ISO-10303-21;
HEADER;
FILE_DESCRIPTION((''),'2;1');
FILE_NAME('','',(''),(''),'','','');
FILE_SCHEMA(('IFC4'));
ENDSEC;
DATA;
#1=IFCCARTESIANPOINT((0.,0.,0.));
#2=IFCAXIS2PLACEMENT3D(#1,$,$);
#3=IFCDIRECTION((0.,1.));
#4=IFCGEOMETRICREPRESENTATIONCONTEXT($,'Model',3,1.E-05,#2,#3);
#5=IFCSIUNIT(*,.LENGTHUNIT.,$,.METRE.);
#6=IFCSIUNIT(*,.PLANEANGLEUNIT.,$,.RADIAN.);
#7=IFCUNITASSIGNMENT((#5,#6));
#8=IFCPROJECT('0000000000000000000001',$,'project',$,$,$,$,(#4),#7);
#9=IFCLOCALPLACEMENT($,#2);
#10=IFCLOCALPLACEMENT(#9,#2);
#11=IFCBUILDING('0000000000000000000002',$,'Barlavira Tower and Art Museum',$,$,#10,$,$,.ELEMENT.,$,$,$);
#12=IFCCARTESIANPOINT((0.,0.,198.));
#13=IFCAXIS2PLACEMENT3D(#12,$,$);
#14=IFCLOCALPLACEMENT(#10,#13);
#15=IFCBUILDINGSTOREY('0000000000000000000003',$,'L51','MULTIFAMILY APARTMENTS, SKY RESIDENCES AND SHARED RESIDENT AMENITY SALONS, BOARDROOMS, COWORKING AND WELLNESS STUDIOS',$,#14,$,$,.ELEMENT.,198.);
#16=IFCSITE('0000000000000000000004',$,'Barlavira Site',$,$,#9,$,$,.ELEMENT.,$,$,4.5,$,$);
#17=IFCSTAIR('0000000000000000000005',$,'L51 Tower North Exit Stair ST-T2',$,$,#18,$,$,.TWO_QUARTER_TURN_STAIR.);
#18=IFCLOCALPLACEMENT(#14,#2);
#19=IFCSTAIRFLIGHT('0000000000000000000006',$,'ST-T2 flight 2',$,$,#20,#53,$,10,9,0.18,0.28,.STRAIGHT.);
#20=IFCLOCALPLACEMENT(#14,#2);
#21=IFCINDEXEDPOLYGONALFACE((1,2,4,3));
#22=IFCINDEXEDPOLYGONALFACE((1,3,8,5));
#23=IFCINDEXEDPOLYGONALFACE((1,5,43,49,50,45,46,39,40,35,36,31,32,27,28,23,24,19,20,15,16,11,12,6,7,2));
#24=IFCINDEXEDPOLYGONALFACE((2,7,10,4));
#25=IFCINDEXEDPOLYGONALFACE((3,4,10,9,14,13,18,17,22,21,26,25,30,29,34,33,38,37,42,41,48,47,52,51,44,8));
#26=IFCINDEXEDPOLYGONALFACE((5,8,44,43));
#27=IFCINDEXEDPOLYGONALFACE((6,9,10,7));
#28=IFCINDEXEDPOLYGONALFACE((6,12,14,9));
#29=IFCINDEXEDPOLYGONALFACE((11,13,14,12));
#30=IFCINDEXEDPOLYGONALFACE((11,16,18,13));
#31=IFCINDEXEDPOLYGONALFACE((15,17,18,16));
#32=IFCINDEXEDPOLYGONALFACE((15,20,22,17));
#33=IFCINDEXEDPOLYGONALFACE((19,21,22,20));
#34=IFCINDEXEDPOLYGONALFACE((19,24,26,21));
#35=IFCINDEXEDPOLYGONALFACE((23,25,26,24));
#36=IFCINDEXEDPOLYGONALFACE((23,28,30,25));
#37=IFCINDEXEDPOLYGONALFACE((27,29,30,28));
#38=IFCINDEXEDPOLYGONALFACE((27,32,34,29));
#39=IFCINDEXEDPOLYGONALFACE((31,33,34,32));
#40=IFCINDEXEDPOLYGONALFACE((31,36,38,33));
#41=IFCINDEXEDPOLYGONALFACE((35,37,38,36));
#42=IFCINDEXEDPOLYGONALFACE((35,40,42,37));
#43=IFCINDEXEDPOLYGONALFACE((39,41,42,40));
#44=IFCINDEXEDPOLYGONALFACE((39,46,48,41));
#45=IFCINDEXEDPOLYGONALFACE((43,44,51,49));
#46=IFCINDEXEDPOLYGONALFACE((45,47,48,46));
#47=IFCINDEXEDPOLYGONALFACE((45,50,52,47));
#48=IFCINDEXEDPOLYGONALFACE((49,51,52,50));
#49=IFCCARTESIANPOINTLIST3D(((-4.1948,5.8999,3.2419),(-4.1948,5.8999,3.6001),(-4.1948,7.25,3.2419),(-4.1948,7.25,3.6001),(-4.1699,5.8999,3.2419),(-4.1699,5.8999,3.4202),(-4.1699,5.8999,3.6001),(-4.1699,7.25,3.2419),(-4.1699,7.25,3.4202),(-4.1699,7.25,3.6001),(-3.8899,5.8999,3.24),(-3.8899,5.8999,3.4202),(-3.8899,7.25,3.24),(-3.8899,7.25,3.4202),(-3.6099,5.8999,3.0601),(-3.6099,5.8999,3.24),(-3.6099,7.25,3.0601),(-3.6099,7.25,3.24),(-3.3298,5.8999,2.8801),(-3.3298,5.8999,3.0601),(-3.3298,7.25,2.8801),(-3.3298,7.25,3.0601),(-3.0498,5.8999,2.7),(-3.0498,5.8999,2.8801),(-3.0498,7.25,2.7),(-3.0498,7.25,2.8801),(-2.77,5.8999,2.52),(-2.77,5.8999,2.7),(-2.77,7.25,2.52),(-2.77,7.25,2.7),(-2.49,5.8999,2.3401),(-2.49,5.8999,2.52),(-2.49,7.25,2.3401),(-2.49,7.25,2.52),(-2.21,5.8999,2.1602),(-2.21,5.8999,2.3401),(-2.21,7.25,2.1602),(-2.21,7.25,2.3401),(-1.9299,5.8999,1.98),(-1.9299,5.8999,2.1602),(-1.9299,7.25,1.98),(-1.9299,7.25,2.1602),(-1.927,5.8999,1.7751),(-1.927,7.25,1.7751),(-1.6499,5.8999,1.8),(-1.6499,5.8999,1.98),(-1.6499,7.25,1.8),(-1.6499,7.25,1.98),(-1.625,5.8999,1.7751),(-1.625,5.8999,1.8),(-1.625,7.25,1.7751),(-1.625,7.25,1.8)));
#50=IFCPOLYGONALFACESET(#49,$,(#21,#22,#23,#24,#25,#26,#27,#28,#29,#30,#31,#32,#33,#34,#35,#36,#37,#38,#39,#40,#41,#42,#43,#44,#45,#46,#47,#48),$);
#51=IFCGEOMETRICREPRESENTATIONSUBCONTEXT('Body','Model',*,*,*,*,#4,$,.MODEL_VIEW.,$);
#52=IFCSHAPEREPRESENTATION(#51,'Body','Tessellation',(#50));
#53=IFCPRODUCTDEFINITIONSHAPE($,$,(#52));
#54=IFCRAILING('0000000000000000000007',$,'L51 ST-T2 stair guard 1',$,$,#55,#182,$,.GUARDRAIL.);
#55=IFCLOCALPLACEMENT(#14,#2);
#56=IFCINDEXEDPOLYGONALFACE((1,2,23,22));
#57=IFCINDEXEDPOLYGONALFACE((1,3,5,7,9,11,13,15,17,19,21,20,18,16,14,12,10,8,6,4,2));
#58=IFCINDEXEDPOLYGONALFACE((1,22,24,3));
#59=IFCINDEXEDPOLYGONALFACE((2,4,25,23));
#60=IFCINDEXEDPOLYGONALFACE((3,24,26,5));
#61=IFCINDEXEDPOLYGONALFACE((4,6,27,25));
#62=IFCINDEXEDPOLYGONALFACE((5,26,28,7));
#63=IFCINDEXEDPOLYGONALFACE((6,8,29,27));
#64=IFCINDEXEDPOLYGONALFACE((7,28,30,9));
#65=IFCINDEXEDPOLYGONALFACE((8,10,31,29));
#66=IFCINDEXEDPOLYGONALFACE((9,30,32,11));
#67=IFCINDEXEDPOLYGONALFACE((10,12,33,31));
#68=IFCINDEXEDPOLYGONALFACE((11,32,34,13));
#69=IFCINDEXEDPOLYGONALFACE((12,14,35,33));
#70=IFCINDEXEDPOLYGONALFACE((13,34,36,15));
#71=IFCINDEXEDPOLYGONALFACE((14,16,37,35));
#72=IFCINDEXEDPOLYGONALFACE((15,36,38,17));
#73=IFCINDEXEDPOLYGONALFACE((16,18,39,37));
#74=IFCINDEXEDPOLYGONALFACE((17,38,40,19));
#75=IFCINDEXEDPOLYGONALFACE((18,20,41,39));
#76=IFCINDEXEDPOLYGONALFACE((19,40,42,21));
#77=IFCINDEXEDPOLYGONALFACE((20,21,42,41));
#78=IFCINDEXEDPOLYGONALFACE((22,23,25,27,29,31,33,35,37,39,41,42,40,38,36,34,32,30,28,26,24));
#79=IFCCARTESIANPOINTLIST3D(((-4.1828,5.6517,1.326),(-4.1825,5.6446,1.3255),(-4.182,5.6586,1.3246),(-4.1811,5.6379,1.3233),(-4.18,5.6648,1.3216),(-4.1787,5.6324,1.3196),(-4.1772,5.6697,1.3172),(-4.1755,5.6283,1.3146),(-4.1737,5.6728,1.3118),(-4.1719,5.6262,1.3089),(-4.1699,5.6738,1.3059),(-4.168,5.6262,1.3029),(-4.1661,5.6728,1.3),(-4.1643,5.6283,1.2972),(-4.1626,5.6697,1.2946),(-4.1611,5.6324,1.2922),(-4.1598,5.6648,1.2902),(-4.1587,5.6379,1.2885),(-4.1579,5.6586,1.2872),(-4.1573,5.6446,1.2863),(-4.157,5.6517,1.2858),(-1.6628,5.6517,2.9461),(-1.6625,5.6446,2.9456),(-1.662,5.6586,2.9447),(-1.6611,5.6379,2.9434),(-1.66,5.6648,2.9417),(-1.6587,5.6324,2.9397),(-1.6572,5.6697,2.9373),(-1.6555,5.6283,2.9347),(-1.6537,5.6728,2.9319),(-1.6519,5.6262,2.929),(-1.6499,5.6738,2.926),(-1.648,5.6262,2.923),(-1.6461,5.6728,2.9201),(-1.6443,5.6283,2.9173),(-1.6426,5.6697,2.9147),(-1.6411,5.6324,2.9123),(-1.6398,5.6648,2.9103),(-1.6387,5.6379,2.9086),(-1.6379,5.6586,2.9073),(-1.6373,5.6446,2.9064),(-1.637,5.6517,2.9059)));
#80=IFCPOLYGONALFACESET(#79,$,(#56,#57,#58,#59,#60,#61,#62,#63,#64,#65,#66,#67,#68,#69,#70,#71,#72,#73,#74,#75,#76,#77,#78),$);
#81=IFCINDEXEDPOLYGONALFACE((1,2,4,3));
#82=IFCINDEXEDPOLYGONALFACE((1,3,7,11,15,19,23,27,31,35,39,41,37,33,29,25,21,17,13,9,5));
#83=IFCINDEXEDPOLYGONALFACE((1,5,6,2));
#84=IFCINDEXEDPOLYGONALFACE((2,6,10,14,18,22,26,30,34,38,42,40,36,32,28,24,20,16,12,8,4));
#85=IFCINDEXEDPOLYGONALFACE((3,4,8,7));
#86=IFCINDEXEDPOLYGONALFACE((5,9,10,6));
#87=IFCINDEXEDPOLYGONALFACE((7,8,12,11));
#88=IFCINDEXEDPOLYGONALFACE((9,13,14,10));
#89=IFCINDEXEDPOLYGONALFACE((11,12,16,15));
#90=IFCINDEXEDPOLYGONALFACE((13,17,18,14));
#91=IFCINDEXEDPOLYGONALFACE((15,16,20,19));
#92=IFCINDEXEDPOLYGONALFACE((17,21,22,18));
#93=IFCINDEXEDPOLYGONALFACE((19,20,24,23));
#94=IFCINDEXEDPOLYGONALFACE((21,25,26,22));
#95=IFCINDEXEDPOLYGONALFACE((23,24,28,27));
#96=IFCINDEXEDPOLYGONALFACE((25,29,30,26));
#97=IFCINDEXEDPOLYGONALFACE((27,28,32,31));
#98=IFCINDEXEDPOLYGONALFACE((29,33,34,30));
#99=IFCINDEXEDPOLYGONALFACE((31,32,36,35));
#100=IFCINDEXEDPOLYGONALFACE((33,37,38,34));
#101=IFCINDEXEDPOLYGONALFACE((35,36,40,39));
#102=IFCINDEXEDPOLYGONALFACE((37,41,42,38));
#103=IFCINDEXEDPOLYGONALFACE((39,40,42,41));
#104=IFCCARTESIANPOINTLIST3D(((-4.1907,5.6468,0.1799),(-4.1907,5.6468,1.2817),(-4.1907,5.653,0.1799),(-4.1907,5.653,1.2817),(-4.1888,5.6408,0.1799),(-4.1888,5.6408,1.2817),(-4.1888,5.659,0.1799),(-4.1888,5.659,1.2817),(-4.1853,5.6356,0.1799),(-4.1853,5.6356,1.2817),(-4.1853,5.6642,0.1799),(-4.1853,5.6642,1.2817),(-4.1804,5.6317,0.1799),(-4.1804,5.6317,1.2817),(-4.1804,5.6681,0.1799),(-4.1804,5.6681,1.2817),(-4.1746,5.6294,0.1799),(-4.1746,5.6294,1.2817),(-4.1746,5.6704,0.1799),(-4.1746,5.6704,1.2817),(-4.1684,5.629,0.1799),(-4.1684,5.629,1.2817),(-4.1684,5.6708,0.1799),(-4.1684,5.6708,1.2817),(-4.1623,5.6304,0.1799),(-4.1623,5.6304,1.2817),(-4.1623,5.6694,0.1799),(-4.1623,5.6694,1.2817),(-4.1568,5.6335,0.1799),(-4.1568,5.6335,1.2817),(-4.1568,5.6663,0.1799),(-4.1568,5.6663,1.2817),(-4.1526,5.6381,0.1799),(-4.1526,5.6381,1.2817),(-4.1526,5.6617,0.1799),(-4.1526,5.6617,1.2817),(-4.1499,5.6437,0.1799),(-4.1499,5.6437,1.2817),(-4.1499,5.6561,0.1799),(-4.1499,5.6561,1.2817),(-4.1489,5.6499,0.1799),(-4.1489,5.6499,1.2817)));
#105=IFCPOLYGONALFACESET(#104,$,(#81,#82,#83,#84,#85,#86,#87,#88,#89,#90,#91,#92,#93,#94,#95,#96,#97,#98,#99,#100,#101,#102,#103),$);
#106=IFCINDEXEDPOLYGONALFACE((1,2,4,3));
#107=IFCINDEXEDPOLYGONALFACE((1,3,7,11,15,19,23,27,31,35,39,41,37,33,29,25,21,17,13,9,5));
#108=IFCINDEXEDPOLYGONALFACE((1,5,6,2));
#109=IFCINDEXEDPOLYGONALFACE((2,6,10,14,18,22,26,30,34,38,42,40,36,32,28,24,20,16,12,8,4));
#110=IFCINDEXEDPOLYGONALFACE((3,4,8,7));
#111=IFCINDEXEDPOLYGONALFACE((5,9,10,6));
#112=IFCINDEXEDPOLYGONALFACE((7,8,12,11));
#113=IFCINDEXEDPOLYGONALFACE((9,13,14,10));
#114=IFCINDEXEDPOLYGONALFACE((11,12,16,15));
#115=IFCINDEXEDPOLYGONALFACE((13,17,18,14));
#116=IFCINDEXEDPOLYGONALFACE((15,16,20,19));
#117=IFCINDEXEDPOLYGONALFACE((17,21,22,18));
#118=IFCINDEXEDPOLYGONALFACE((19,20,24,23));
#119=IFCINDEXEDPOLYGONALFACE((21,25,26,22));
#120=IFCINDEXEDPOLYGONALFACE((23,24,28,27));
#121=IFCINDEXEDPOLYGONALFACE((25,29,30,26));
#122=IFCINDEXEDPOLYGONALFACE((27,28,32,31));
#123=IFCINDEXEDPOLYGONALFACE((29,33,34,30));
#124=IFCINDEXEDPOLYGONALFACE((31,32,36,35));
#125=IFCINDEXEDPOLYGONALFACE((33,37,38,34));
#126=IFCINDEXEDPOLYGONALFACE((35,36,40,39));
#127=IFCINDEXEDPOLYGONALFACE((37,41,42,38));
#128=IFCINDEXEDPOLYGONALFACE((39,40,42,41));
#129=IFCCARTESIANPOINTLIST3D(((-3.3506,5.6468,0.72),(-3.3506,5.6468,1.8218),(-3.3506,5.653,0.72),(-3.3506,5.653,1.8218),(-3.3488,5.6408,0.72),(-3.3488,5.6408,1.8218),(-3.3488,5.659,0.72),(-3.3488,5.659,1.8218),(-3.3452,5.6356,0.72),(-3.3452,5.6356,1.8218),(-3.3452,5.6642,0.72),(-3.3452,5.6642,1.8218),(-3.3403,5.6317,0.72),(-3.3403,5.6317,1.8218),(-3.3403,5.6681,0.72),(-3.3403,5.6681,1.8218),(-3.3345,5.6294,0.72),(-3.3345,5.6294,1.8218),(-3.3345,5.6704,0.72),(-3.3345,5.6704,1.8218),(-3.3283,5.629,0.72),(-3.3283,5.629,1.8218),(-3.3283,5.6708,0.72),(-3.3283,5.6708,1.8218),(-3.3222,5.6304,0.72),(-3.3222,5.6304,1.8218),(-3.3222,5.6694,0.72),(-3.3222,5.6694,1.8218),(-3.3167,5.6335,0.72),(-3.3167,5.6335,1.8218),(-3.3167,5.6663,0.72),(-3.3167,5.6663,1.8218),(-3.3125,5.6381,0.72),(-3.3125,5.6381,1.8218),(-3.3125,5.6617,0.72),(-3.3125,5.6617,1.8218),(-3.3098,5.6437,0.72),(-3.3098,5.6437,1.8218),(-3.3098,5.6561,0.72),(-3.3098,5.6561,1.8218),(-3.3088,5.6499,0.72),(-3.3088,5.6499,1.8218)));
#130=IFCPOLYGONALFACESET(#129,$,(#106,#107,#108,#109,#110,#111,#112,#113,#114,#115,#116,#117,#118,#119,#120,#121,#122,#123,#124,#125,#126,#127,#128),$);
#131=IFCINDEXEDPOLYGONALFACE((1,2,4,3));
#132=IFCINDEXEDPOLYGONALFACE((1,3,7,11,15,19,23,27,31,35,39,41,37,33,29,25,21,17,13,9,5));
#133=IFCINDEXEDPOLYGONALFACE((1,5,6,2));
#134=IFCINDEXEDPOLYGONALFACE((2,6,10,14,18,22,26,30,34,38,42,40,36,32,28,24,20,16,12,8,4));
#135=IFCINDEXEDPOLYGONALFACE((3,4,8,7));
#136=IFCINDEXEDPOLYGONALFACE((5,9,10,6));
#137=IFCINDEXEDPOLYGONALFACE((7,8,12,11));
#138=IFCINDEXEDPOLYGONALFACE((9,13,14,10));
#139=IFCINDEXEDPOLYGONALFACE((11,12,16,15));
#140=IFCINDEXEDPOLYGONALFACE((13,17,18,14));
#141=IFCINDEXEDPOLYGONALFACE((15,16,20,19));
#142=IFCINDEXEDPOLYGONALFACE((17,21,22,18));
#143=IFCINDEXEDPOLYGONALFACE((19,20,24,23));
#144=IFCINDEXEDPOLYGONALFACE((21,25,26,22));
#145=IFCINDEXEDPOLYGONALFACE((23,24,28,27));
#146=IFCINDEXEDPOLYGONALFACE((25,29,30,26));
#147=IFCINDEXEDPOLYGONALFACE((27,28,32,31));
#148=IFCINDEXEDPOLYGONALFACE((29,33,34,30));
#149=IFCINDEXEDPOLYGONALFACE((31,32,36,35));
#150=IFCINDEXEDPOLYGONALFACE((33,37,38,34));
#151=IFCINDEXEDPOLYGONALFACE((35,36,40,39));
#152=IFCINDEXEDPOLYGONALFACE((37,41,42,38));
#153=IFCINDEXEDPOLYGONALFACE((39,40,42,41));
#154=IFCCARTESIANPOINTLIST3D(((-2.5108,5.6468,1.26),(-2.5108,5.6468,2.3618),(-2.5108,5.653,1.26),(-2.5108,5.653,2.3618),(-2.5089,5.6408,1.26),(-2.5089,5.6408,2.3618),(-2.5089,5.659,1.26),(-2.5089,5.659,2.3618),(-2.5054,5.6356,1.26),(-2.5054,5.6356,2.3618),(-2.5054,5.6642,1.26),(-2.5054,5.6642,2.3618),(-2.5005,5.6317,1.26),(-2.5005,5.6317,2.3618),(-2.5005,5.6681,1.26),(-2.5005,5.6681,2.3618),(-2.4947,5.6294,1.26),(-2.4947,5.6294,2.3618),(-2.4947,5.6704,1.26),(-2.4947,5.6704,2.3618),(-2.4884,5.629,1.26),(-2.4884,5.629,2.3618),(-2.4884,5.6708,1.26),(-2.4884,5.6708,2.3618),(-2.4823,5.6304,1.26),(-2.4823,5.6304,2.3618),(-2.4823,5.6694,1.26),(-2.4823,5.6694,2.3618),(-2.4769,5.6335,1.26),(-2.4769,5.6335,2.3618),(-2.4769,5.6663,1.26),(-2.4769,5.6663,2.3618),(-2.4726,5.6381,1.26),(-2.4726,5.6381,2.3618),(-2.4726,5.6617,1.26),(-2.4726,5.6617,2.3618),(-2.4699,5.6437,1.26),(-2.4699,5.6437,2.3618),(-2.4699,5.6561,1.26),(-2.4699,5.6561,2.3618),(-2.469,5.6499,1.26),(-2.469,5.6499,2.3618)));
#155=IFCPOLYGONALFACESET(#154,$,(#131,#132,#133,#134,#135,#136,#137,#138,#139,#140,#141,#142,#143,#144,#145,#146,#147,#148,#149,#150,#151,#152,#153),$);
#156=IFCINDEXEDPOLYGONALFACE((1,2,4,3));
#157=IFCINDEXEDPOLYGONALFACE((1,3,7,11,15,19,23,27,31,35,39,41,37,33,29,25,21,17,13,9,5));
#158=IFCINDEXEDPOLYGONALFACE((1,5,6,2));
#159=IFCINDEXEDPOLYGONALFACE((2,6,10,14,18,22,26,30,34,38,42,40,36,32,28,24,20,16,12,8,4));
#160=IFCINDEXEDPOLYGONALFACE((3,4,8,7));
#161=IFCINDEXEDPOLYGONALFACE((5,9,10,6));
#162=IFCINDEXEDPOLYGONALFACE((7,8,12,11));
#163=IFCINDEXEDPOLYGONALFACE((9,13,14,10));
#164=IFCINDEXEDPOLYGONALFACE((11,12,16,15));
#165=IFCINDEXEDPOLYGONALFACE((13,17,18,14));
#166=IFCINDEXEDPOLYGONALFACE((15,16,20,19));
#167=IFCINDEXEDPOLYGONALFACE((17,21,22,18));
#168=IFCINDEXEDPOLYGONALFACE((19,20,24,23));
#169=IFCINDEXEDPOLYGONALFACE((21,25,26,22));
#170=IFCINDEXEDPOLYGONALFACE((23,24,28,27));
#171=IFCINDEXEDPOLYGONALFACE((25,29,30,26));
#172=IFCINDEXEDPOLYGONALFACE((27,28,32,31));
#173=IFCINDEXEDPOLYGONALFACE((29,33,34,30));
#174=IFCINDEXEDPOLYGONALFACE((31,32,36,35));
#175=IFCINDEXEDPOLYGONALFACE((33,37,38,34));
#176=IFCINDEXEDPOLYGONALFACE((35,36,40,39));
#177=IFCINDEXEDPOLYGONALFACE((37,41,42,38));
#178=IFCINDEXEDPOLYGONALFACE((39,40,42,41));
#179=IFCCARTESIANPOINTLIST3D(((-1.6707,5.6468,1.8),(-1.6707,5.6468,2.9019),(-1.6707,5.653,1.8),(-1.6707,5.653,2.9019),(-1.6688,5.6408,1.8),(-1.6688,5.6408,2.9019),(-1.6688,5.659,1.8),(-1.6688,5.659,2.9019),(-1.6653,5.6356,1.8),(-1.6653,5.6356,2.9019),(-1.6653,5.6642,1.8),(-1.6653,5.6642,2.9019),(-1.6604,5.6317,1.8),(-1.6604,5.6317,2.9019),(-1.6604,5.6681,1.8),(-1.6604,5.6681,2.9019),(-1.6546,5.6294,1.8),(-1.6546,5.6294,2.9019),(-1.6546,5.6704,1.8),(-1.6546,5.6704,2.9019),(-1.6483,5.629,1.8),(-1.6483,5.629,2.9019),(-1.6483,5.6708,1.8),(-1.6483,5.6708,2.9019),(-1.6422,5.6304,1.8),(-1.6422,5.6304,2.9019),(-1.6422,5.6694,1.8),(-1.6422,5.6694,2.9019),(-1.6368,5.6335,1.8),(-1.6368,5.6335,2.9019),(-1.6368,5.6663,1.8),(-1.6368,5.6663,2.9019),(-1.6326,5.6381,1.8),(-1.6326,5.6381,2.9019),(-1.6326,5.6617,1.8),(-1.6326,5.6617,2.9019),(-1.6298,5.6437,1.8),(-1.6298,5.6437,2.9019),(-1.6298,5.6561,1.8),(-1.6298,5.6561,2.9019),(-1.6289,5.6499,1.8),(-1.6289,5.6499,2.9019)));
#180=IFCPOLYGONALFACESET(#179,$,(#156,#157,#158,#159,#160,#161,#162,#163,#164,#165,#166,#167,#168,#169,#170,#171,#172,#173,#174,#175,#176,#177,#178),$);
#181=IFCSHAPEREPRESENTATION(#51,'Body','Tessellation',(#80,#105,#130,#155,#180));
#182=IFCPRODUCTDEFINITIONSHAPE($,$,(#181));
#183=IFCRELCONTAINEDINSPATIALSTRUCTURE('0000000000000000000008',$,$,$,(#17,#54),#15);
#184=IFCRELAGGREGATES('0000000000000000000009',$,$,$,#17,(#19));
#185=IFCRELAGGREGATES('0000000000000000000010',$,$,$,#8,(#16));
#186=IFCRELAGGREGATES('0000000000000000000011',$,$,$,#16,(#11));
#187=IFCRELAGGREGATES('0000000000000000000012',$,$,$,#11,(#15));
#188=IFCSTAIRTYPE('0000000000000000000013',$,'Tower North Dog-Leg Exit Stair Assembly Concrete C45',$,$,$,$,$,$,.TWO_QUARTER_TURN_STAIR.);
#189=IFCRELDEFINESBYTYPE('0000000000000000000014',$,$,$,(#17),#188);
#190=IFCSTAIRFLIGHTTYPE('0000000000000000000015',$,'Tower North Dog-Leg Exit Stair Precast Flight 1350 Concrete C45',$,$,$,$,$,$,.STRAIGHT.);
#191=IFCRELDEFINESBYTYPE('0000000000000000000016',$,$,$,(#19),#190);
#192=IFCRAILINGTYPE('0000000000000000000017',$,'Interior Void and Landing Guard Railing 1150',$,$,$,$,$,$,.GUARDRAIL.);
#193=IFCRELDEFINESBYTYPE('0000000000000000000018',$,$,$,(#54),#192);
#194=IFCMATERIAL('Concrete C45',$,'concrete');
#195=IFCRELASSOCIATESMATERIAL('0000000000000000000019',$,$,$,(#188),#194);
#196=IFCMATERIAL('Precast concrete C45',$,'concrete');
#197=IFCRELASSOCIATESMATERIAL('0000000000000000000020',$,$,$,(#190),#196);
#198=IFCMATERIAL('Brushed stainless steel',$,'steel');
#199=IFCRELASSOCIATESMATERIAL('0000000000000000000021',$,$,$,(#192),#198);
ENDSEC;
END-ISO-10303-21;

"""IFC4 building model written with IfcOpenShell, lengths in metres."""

from ifc_helpers import new_model, si_unit, direction, frame, origin, origin_2d, place, context, subcontext, project, spatial, polyline, circle, outline, extrude, material, type_object, element, aggregate, save


model = new_model("IFC4")

# Units and contexts
model_context = context("Model", 3, precision=1e-05, world=origin(), true_north=direction((0.0, 1.0)))
body_context = subcontext(model_context, "Body", "Model", "MODEL_VIEW")
ifc_project = project(units=[si_unit("LENGTHUNIT", "METRE"), si_unit("PLANEANGLEUNIT", "RADIAN")], contexts=[model_context])

# Site, building, storey
site_placement = place(None, origin())
site = spatial("IfcSite", under=ifc_project, at=site_placement, Name="Barlavira Site", CompositionType="ELEMENT", RefElevation=4.5)
building_placement = place(site_placement, origin())
building = spatial("IfcBuilding", under=site, at=building_placement, Name="Barlavira Tower and Art Museum", CompositionType="ELEMENT")
storey_placement = place(building_placement, frame((0.0, 0.0, 198.0)))
storey = spatial("IfcBuildingStorey", under=building, at=storey_placement, Name="L51", Description="MULTIFAMILY APARTMENTS, SKY RESIDENCES AND SHARED RESIDENT AMENITY SALONS, BOARDROOMS, COWORKING AND WELLNESS STUDIOS", CompositionType="ELEMENT", Elevation=198.0)

# Shared definitions
ifc_material_1 = material(Name="Brushed stainless steel", Category="steel")

# Stair, stair flight
ifc_material_2 = material(Name="Concrete C45", Category="concrete")
stair_type = type_object("IfcStairType", Name="Tower North Dog-Leg Exit Stair Assembly Concrete C45", PredefinedType="TWO_QUARTER_TURN_STAIR", material=ifc_material_2)
stair_placement = place(storey_placement, origin())
stair = element("IfcStair", 1, at=stair_placement, inside=storey, type_object=stair_type, Name="L51 Tower North Exit Stair ST-T2", PredefinedType="TWO_QUARTER_TURN_STAIR")
ifc_material_3 = material(Name="Precast concrete C45", Category="concrete")
stair_flight_type = type_object("IfcStairFlightType", Name="Tower North Dog-Leg Exit Stair Precast Flight 1350 Concrete C45", PredefinedType="STRAIGHT", material=ifc_material_3)
stair_flight_1_placement = place(storey_placement, frame((-1.6499, 6.575, 1.8), z_axis=(0.0, 0.0, 1.0), x_axis=(-1.0, 0.0, 0.0)))
stair_flight_1 = element("IfcStairFlight", 2, at=stair_flight_1_placement, type_object=stair_flight_type, Name="ST-T2 flight 2", NumberOfRisers=10, NumberOfTreads=9, PredefinedType="STRAIGHT", RiserHeight=0.18, TreadLength=0.28, context=body_context, shape_type="SweptSolid", body=[
    extrude(outline(polyline([(-0.0249, 0.0), (0.0, 0.0), (0.0, 0.1799), (0.28, 0.1799), (0.28, 0.3601), (0.5601, 0.3601), (0.5601, 0.54), (0.8401, 0.54), (0.8401, 0.72), (1.1201, 0.72), (1.1201, 0.8999), (1.3999, 0.8999), (1.3999, 1.0801), (1.6799, 1.0801), (1.6799, 1.26), (1.96, 1.26), (1.96, 1.4399), (2.24, 1.4399), (2.24, 1.6201), (2.52, 1.6201), (2.52, 1.8), (2.5449, 1.8), (2.5449, 1.4419), (2.52, 1.4419), (0.2771, -0.0249), (-0.0249, -0.0249), (-0.0249, 0.0)])), frame((0.0, 0.675, 0.0), z_axis=(0.0, -1.0, 0.0), x_axis=(1.0, 0.0, 0.0)), (0.0, 0.0, 1.0), 1.3501),
])
aggregate(stair, [stair_flight_1])

# Railing
railing_type_1 = type_object("IfcRailingType", Name="Interior Void and Landing Guard Railing 1150", PredefinedType="GUARDRAIL", material=ifc_material_1)
railing_1_placement = place(storey_placement, frame((-4.1699, 5.6499, 0.1799)))
element("IfcRailing", 3, at=railing_1_placement, inside=storey, type_object=railing_type_1, Name="L51 ST-T2 stair guard 1", PredefinedType="GUARDRAIL", context=body_context, shape_type="SweptSolid", body=[
    extrude(circle(Radius=0.0239, at=origin_2d()), frame((0.0, 0.0, 1.126), z_axis=(0.841163, 0.0, 0.540782), x_axis=(0.0, 1.0, 0.0)), (0.0, 0.0, 1.0), 2.9958),
    extrude(circle(Radius=0.021, at=origin_2d()), origin(), (0.0, 0.0, 1.0), 1.1018),
    extrude(circle(Radius=0.021, at=origin_2d()), frame((0.8401, 0.0, 0.54)), (0.0, 0.0, 1.0), 1.1018),
    extrude(circle(Radius=0.021, at=origin_2d()), frame((1.6799, 0.0, 1.0801)), (0.0, 0.0, 1.0), 1.1018),
    extrude(circle(Radius=0.021, at=origin_2d()), frame((2.52, 0.0, 1.6201)), (0.0, 0.0, 1.0), 1.1018),
])

save(model, "model.ifc")
